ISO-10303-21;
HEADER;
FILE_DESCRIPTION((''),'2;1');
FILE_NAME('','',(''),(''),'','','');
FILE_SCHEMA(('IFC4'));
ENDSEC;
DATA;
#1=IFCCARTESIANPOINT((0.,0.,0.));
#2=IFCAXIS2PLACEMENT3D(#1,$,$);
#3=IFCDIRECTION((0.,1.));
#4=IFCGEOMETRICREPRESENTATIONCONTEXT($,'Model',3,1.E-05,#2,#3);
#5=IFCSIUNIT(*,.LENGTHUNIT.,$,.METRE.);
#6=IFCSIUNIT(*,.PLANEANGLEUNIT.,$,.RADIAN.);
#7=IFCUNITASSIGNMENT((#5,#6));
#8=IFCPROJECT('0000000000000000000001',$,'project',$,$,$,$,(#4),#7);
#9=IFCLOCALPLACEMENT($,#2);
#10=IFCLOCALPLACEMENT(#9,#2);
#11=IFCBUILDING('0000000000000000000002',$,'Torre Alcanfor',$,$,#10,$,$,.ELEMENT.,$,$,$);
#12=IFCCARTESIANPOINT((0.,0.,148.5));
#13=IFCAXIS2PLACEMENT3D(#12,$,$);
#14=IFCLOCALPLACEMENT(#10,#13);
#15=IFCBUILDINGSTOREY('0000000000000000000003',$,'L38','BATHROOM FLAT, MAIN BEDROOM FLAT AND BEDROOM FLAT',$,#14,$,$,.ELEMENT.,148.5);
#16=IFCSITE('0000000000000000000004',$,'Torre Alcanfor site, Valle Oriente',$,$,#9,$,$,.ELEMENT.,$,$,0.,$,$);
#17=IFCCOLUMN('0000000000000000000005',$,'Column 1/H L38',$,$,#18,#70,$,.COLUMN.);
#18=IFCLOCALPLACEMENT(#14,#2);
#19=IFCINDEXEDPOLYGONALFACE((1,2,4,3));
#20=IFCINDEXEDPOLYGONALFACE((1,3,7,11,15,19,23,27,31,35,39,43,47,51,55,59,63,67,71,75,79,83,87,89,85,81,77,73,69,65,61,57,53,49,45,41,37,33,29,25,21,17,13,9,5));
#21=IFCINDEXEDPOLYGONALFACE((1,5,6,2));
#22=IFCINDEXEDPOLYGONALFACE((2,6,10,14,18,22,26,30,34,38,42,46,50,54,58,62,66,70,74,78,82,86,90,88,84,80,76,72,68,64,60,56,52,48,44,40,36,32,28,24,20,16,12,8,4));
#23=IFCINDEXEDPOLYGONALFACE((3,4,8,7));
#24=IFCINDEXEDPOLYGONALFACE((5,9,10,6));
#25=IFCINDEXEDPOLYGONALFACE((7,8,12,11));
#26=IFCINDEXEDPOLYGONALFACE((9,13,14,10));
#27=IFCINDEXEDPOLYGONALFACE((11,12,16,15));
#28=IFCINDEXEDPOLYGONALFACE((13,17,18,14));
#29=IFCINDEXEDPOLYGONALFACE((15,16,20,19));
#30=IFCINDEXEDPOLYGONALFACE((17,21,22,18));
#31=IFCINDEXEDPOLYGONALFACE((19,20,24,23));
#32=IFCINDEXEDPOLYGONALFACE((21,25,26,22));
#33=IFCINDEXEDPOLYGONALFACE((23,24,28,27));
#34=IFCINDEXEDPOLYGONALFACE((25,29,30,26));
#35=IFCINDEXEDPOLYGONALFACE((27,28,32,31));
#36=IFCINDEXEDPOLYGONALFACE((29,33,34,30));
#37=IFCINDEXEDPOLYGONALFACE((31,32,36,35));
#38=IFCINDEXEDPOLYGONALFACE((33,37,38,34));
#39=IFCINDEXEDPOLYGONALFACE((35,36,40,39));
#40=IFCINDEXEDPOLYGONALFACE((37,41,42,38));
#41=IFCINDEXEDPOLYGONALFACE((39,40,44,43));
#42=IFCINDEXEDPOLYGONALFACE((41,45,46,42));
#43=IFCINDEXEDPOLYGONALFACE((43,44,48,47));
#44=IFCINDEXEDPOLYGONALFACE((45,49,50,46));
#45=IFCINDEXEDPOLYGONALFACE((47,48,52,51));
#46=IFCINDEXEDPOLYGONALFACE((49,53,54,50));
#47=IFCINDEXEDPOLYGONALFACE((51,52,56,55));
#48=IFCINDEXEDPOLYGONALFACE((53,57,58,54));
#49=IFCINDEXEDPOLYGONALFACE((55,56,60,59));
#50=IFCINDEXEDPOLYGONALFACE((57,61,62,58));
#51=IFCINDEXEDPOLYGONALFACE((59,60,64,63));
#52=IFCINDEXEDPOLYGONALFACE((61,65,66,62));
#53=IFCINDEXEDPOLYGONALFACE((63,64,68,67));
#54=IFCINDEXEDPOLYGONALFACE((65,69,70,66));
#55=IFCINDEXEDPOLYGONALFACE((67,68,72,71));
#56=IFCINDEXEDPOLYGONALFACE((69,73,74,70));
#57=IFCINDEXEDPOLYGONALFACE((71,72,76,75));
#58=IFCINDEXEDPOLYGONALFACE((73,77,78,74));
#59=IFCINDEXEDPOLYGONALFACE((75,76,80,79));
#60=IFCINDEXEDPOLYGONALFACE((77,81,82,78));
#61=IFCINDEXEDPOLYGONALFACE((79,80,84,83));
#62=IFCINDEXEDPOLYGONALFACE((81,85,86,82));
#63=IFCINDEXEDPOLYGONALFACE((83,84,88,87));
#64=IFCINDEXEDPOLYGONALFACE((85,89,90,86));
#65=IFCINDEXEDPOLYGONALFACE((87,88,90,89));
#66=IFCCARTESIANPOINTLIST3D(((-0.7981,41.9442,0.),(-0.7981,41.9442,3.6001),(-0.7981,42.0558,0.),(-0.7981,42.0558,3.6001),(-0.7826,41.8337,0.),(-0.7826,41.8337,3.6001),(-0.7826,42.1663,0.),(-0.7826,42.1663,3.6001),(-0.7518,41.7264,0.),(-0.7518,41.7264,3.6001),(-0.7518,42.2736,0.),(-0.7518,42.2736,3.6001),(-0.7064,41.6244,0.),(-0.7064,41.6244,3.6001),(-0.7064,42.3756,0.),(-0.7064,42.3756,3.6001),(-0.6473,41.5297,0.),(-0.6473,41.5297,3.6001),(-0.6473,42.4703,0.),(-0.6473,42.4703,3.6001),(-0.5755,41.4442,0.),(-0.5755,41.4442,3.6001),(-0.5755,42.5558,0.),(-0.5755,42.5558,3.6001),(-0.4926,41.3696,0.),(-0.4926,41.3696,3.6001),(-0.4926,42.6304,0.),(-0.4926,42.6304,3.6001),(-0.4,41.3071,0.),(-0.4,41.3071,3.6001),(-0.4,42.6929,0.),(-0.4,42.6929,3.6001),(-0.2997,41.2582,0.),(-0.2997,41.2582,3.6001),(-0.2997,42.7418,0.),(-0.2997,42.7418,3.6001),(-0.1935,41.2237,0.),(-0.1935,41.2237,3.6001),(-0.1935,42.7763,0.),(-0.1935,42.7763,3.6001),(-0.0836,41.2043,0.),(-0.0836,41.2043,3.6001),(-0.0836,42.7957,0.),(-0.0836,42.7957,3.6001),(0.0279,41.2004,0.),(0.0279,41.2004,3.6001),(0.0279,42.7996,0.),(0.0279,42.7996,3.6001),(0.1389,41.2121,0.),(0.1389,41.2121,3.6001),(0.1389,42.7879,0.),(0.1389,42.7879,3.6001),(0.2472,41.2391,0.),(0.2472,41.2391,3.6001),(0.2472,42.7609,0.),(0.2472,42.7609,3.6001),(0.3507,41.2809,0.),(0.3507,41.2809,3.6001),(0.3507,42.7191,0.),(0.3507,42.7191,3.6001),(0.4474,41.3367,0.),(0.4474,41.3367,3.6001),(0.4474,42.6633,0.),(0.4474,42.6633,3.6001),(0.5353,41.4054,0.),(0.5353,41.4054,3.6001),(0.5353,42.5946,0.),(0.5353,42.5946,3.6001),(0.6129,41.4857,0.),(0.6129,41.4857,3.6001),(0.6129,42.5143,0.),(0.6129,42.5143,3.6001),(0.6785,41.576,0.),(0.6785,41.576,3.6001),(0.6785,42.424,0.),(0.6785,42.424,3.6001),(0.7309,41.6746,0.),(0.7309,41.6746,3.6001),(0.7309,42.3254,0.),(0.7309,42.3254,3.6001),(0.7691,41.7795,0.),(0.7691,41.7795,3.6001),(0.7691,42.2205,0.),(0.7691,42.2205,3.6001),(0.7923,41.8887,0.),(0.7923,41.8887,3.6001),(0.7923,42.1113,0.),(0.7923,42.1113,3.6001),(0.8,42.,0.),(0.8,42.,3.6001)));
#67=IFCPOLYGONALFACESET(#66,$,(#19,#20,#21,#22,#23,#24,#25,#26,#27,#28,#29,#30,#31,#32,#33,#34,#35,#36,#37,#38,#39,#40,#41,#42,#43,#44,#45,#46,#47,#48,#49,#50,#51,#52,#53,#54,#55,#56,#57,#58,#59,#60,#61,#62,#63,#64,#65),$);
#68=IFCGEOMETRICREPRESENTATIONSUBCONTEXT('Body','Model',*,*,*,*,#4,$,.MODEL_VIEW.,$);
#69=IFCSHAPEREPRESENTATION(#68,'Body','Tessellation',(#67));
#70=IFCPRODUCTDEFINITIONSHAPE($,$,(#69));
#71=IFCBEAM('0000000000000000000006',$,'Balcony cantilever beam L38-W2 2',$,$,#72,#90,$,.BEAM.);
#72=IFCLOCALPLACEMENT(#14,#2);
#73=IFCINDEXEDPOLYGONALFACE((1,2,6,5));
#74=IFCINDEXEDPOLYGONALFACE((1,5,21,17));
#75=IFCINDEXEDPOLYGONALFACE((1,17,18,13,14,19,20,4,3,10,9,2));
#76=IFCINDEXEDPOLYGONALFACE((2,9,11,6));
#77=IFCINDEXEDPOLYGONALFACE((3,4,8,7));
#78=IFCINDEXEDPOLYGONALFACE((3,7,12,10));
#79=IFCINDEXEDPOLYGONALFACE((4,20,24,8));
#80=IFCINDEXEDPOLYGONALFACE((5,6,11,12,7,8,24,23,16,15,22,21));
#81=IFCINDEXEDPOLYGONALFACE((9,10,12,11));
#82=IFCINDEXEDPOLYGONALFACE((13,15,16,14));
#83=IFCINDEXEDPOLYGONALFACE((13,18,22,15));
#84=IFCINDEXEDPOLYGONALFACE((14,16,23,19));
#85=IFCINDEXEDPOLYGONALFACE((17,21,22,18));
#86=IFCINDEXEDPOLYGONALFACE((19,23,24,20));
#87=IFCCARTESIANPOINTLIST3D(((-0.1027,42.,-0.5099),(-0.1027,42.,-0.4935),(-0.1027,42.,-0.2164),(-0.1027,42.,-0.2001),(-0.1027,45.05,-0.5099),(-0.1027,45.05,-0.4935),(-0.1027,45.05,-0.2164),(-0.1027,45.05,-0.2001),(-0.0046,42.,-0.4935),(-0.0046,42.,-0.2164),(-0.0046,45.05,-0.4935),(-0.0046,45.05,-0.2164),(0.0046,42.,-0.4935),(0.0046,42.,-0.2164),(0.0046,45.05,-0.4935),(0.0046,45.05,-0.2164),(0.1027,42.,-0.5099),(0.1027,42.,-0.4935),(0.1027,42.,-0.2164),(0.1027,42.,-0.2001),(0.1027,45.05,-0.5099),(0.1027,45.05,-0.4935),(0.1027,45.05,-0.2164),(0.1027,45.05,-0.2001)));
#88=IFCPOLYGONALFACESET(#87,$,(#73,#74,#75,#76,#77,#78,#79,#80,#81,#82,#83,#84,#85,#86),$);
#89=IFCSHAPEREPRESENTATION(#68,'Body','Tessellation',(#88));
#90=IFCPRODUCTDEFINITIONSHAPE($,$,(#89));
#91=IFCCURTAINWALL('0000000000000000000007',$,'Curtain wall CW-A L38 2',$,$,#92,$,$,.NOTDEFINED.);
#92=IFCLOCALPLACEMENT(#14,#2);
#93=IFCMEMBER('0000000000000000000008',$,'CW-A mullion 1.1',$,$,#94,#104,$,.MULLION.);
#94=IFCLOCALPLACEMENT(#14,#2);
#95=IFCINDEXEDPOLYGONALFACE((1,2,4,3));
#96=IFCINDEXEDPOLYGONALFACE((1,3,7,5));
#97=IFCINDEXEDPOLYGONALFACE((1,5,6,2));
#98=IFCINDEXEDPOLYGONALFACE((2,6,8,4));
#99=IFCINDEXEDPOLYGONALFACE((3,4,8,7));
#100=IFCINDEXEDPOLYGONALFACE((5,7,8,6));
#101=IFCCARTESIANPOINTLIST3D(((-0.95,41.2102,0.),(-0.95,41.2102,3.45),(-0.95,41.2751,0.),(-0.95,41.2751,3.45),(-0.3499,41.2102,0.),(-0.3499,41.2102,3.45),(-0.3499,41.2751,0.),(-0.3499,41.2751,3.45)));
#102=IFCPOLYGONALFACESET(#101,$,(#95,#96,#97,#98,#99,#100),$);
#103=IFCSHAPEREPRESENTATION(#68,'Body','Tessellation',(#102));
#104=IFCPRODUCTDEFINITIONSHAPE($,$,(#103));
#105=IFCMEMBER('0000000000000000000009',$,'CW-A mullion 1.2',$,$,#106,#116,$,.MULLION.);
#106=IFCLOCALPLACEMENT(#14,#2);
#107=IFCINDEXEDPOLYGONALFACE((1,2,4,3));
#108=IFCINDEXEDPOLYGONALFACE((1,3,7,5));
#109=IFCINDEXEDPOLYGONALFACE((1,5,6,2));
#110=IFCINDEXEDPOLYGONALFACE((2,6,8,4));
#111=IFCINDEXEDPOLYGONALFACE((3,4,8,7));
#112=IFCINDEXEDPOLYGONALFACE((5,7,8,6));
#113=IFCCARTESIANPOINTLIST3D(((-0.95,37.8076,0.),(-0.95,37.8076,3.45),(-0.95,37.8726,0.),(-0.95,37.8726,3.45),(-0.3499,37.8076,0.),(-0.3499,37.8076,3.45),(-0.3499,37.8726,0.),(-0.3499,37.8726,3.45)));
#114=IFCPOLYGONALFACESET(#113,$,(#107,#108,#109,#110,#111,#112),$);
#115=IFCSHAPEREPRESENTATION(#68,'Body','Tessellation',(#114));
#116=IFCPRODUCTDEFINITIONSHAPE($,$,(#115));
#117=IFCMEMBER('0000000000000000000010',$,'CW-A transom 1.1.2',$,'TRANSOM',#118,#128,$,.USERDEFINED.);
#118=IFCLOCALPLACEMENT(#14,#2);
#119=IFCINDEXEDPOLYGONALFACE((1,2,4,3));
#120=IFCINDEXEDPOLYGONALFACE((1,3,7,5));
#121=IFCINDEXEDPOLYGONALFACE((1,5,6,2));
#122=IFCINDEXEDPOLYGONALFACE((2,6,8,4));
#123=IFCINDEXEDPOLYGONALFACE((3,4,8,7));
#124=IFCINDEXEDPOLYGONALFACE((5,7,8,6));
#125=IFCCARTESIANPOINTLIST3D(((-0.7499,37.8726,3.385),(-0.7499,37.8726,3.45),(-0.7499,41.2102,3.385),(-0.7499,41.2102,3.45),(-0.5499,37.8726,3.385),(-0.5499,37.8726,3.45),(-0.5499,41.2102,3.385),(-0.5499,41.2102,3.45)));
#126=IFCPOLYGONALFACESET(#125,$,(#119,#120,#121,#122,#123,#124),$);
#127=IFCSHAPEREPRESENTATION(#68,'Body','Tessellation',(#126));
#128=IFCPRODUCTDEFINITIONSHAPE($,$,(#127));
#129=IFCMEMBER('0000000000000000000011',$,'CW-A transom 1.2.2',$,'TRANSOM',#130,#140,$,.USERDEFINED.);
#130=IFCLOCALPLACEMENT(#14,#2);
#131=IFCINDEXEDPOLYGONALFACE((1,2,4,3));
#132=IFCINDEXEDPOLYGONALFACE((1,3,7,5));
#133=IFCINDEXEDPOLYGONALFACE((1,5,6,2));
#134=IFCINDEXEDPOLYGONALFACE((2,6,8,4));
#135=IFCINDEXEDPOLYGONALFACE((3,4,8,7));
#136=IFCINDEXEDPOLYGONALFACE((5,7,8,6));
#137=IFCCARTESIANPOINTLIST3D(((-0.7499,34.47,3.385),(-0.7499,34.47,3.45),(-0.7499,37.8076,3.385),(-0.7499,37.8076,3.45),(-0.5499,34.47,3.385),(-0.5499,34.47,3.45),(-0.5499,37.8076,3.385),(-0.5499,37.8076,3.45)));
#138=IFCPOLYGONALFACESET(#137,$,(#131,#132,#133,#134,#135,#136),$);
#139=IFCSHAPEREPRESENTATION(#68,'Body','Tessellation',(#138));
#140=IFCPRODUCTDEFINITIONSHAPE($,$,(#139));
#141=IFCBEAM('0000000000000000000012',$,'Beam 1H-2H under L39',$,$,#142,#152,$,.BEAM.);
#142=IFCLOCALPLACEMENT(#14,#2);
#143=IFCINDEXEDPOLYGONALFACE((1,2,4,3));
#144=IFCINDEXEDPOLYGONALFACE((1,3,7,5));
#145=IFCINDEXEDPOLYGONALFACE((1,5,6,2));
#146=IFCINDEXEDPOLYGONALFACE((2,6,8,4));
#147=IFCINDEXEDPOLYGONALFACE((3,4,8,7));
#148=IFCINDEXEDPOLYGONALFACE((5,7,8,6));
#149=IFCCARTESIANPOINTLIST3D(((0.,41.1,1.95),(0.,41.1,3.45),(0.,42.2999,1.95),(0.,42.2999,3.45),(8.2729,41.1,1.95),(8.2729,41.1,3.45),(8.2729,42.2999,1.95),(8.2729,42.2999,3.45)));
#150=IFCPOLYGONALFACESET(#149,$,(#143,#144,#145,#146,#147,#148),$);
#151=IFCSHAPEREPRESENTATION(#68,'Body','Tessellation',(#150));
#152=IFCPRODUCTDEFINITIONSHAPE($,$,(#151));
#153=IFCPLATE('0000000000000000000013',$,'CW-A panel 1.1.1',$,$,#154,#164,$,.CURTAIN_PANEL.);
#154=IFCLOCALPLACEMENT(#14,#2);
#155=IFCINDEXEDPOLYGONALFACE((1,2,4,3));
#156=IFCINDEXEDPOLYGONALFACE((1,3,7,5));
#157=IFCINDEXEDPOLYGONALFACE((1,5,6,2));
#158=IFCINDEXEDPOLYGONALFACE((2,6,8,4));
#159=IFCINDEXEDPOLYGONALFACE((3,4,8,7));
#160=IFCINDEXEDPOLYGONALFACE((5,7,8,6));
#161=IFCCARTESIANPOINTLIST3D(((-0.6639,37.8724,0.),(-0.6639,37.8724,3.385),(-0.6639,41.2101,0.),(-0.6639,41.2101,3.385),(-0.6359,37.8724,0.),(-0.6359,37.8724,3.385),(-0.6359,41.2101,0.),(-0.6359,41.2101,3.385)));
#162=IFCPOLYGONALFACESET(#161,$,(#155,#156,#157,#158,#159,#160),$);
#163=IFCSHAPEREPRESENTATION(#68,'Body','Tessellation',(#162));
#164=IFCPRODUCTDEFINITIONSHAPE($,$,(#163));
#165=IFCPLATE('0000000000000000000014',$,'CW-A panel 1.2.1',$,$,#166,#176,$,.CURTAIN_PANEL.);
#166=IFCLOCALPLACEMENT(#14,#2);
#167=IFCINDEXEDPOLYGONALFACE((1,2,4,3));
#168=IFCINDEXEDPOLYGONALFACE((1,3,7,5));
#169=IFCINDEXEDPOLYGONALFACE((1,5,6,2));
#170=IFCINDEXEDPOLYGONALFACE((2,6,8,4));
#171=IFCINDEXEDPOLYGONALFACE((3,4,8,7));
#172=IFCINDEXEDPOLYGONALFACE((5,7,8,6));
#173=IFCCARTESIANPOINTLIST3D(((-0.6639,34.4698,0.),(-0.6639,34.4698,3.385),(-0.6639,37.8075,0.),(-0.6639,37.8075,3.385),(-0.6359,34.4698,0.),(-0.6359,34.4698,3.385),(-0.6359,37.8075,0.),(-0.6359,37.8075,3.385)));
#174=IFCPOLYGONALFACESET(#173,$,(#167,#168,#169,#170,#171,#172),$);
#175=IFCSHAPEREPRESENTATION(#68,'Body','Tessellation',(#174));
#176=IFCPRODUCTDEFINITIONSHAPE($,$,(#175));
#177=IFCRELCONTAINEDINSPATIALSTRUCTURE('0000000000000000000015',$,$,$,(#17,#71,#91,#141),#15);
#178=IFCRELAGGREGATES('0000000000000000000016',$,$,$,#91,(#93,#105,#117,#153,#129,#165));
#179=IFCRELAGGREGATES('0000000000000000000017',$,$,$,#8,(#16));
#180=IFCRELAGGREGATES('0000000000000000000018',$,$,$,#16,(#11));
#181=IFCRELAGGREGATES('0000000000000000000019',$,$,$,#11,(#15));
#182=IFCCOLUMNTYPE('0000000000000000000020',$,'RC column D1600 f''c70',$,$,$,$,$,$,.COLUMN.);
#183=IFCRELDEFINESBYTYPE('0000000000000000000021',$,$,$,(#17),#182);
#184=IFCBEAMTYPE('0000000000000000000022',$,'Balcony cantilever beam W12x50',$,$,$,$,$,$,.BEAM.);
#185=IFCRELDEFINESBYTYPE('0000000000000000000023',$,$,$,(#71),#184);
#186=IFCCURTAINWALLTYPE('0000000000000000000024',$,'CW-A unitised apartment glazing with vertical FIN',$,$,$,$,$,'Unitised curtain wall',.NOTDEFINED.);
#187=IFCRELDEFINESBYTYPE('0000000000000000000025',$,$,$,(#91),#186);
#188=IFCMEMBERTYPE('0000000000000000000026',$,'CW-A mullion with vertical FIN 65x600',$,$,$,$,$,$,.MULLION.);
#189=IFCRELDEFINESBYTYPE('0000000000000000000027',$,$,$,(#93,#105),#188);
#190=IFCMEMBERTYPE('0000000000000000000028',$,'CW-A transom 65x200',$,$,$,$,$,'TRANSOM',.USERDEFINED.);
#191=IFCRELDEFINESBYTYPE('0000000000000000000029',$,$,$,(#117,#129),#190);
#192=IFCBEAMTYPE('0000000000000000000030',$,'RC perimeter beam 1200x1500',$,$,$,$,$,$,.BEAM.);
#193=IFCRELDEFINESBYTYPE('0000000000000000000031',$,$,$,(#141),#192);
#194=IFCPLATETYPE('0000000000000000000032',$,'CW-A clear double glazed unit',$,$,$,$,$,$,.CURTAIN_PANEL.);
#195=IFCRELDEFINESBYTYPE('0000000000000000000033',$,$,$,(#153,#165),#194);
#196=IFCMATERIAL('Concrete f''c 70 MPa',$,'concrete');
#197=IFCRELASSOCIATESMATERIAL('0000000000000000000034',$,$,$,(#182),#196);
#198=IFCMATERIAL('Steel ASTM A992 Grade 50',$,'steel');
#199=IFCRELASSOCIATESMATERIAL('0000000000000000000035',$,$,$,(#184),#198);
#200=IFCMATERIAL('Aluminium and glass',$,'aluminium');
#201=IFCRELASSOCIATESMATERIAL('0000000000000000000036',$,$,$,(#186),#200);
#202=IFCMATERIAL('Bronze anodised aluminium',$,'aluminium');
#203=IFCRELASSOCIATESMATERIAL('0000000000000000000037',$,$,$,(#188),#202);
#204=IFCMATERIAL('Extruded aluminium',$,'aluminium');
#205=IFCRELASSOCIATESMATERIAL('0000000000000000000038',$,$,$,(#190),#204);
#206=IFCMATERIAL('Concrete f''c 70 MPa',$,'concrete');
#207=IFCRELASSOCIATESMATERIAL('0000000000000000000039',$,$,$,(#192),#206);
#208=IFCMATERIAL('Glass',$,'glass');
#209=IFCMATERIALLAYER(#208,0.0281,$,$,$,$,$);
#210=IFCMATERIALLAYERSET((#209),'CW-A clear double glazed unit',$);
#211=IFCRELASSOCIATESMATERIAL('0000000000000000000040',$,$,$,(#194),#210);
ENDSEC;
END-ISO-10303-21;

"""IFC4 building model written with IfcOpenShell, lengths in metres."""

from ifc_helpers import new_model, si_unit, direction, frame, origin, origin_2d, place, context, subcontext, project, spatial, rectangle, circle, i_section, extrude, material, layer, layer_set, material_profile, profile_set, type_object, element, aggregate, save


model = new_model("IFC4")

# Units and contexts
model_context = context("Model", 3, precision=1e-05, world=origin(), true_north=direction((0.0, 1.0)))
body_context = subcontext(model_context, "Body", "Model", "MODEL_VIEW")
ifc_project = project(units=[si_unit("LENGTHUNIT", "METRE"), si_unit("PLANEANGLEUNIT", "RADIAN")], contexts=[model_context])

# Site, building, storey
site_placement = place(None, origin())
site = spatial("IfcSite", under=ifc_project, at=site_placement, Name="Torre Alcanfor site, Valle Oriente", CompositionType="ELEMENT", RefElevation=0.0)
building_placement = place(site_placement, origin())
building = spatial("IfcBuilding", under=site, at=building_placement, Name="Torre Alcanfor", CompositionType="ELEMENT")
storey_placement = place(building_placement, frame((0.0, 0.0, 148.5)))
storey = spatial("IfcBuildingStorey", under=building, at=storey_placement, Name="L38", Description="BATHROOM FLAT, MAIN BEDROOM FLAT AND BEDROOM FLAT", CompositionType="ELEMENT", Elevation=148.5)

# Column
ifc_material_1 = material(Name="Concrete f'c 70 MPa", Category="concrete")
ifc_material_profile_1 = material_profile(ifc_material_1, circle(Radius=0.8, at=origin_2d()), Name="D1600")
ifc_profile_set_1 = profile_set([ifc_material_profile_1], Name="Concrete f'c 70 MPa")
column_type = type_object("IfcColumnType", Name="RC column D1600 f'c70", PredefinedType="COLUMN", material=ifc_profile_set_1)
column_placement = place(storey_placement, frame((0.0, 42.0, 0.0), z_axis=(0.0, 0.0, 1.0), x_axis=(1.0, 0.0, 0.0)))
element("IfcColumn", 1, at=column_placement, inside=storey, type_object=column_type, Name="Column 1/H L38", PredefinedType="COLUMN", context=body_context, shape_type="SweptSolid", body=[
    extrude(circle(Radius=0.8, at=origin_2d()), origin(), (0.0, 0.0, 1.0), 3.6001),
])

# Beam
ifc_material_2 = material(Name="Steel ASTM A992 Grade 50", Category="steel")
ifc_material_profile_2 = material_profile(ifc_material_2, i_section(OverallWidth=0.2053, OverallDepth=0.3098, WebThickness=0.0093, FlangeThickness=0.0164, at=origin_2d()), Name="W12x50")
ifc_profile_set_2 = profile_set([ifc_material_profile_2], Name="Steel ASTM A992 Grade 50")
beam_type_1 = type_object("IfcBeamType", Name="Balcony cantilever beam W12x50", PredefinedType="BEAM", material=ifc_profile_set_2)
beam_1_placement = place(storey_placement, frame((0.0, 42.0, -0.355), z_axis=(0.0, 1.0, 0.0), x_axis=(-1.0, 0.0, 0.0)))
element("IfcBeam", 2, at=beam_1_placement, inside=storey, type_object=beam_type_1, Name="Balcony cantilever beam L38-W2 2", PredefinedType="BEAM", context=body_context, shape_type="SweptSolid", body=[
    extrude(i_section(OverallWidth=0.2053, OverallDepth=0.3098, WebThickness=0.0093, FlangeThickness=0.0164, at=origin_2d()), origin(), (0.0, 0.0, 1.0), 3.05),
])

# Curtain wall, members
ifc_material_3 = material(Name="Aluminium and glass", Category="aluminium")
curtain_wall_type = type_object("IfcCurtainWallType", Name="CW-A unitised apartment glazing with vertical FIN", ElementType="Unitised curtain wall", PredefinedType="NOTDEFINED", material=ifc_material_3)
curtain_wall_placement = place(storey_placement, origin())
curtain_wall = element("IfcCurtainWall", 3, at=curtain_wall_placement, inside=storey, type_object=curtain_wall_type, Name="Curtain wall CW-A L38 2", PredefinedType="NOTDEFINED")
ifc_material_4 = material(Name="Bronze anodised aluminium", Category="aluminium")
ifc_material_profile_3 = material_profile(ifc_material_4, rectangle(XDim=0.6001, YDim=0.0649, at=origin_2d()), Name="CW-A mullion 65x600")
ifc_profile_set_3 = profile_set([ifc_material_profile_3], Name="Bronze anodised aluminium")
member_type_1 = type_object("IfcMemberType", Name="CW-A mullion with vertical FIN 65x600", PredefinedType="MULLION", material=ifc_profile_set_3)
member_1_placement = place(storey_placement, frame((-0.6499, 41.2427, 0.0), z_axis=(0.0, 0.0, 1.0), x_axis=(1.0, 0.0, 0.0)))
member_1 = element("IfcMember", 4, at=member_1_placement, type_object=member_type_1, Name="CW-A mullion 1.1", PredefinedType="MULLION", context=body_context, shape_type="SweptSolid", body=[
    extrude(rectangle(XDim=0.6001, YDim=0.0649, at=origin_2d()), origin(), (0.0, 0.0, 1.0), 3.45),
])
member_2_placement = place(storey_placement, frame((-0.6499, 37.8401, 0.0), z_axis=(0.0, 0.0, 1.0), x_axis=(1.0, 0.0, 0.0)))
member_2 = element("IfcMember", 5, at=member_2_placement, type_object=member_type_1, Name="CW-A mullion 1.2", PredefinedType="MULLION", context=body_context, shape_type="SweptSolid", body=[
    extrude(rectangle(XDim=0.6001, YDim=0.0649, at=origin_2d()), origin(), (0.0, 0.0, 1.0), 3.45),
])
ifc_material_5 = material(Name="Extruded aluminium", Category="aluminium")
ifc_material_profile_4 = material_profile(ifc_material_5, rectangle(XDim=0.2, YDim=0.0649, at=origin_2d()), Name="CW-A transom 200x65")
ifc_profile_set_4 = profile_set([ifc_material_profile_4], Name="Extruded aluminium")
member_type_2 = type_object("IfcMemberType", Name="CW-A transom 65x200", ElementType="TRANSOM", PredefinedType="USERDEFINED", material=ifc_profile_set_4)
member_3_placement = place(storey_placement, frame((-0.6499, 41.2102, 3.4175), z_axis=(0.0, -1.0, 0.0), x_axis=(1.0, 0.0, 0.0)))
member_3 = element("IfcMember", 6, at=member_3_placement, type_object=member_type_2, Name="CW-A transom 1.1.2", ObjectType="TRANSOM", PredefinedType="USERDEFINED", context=body_context, shape_type="SweptSolid", body=[
    extrude(rectangle(XDim=0.2, YDim=0.0649, at=origin_2d()), origin(), (0.0, 0.0, 1.0), 3.3376),
])
member_4_placement = place(storey_placement, frame((-0.6499, 37.8076, 3.4175), z_axis=(0.0, -1.0, 0.0), x_axis=(1.0, 0.0, 0.0)))
member_4 = element("IfcMember", 7, at=member_4_placement, type_object=member_type_2, Name="CW-A transom 1.2.2", ObjectType="TRANSOM", PredefinedType="USERDEFINED", context=body_context, shape_type="SweptSolid", body=[
    extrude(rectangle(XDim=0.2, YDim=0.0649, at=origin_2d()), origin(), (0.0, 0.0, 1.0), 3.3376),
])

# Beam
ifc_material_6 = material(Name="Concrete f'c 70 MPa", Category="concrete")
ifc_material_profile_5 = material_profile(ifc_material_6, rectangle(XDim=1.2, YDim=1.5, at=origin_2d()), Name="1200x1500")
ifc_profile_set_5 = profile_set([ifc_material_profile_5], Name="Concrete f'c 70 MPa")
beam_type_2 = type_object("IfcBeamType", Name="RC perimeter beam 1200x1500", PredefinedType="BEAM", material=ifc_profile_set_5)
beam_2_placement = place(storey_placement, frame((0.0, 41.7, 2.7), z_axis=(1.0, 0.0, 0.0), x_axis=(0.0, 1.0, 0.0)))
element("IfcBeam", 8, at=beam_2_placement, inside=storey, type_object=beam_type_2, Name="Beam 1H-2H under L39", PredefinedType="BEAM", context=body_context, shape_type="SweptSolid", body=[
    extrude(rectangle(XDim=1.2, YDim=1.5, at=origin_2d()), origin(), (0.0, 0.0, 1.0), 8.2729),
])

# Plates
ifc_material_7 = material(Name="Glass", Category="glass")
ifc_layer_1 = layer(ifc_material_7, 0.0281)
ifc_layer_set_1 = layer_set([ifc_layer_1], Name="CW-A clear double glazed unit")
plate_type = type_object("IfcPlateType", Name="CW-A clear double glazed unit", PredefinedType="CURTAIN_PANEL", material=ifc_layer_set_1)
plate_1_placement = place(storey_placement, frame((-0.6499, 39.5413, 0.0), z_axis=(0.0, 0.0, 1.0), x_axis=(0.0, -1.0, 0.0)))
plate_1 = element("IfcPlate", 9, at=plate_1_placement, type_object=plate_type, Name="CW-A panel 1.1.1", PredefinedType="CURTAIN_PANEL", context=body_context, shape_type="SweptSolid", body=[
    extrude(rectangle(XDim=3.3376, YDim=0.0281, at=origin_2d()), origin(), (0.0, 0.0, 1.0), 3.385),
])
plate_2_placement = place(storey_placement, frame((-0.6499, 36.1387, 0.0), z_axis=(0.0, 0.0, 1.0), x_axis=(0.0, -1.0, 0.0)))
plate_2 = element("IfcPlate", 10, at=plate_2_placement, type_object=plate_type, Name="CW-A panel 1.2.1", PredefinedType="CURTAIN_PANEL", context=body_context, shape_type="SweptSolid", body=[
    extrude(rectangle(XDim=3.3376, YDim=0.0281, at=origin_2d()), origin(), (0.0, 0.0, 1.0), 3.385),
])
aggregate(curtain_wall, [member_1, member_2, member_3, plate_1, member_4, plate_2])

save(model, "model.ifc")
